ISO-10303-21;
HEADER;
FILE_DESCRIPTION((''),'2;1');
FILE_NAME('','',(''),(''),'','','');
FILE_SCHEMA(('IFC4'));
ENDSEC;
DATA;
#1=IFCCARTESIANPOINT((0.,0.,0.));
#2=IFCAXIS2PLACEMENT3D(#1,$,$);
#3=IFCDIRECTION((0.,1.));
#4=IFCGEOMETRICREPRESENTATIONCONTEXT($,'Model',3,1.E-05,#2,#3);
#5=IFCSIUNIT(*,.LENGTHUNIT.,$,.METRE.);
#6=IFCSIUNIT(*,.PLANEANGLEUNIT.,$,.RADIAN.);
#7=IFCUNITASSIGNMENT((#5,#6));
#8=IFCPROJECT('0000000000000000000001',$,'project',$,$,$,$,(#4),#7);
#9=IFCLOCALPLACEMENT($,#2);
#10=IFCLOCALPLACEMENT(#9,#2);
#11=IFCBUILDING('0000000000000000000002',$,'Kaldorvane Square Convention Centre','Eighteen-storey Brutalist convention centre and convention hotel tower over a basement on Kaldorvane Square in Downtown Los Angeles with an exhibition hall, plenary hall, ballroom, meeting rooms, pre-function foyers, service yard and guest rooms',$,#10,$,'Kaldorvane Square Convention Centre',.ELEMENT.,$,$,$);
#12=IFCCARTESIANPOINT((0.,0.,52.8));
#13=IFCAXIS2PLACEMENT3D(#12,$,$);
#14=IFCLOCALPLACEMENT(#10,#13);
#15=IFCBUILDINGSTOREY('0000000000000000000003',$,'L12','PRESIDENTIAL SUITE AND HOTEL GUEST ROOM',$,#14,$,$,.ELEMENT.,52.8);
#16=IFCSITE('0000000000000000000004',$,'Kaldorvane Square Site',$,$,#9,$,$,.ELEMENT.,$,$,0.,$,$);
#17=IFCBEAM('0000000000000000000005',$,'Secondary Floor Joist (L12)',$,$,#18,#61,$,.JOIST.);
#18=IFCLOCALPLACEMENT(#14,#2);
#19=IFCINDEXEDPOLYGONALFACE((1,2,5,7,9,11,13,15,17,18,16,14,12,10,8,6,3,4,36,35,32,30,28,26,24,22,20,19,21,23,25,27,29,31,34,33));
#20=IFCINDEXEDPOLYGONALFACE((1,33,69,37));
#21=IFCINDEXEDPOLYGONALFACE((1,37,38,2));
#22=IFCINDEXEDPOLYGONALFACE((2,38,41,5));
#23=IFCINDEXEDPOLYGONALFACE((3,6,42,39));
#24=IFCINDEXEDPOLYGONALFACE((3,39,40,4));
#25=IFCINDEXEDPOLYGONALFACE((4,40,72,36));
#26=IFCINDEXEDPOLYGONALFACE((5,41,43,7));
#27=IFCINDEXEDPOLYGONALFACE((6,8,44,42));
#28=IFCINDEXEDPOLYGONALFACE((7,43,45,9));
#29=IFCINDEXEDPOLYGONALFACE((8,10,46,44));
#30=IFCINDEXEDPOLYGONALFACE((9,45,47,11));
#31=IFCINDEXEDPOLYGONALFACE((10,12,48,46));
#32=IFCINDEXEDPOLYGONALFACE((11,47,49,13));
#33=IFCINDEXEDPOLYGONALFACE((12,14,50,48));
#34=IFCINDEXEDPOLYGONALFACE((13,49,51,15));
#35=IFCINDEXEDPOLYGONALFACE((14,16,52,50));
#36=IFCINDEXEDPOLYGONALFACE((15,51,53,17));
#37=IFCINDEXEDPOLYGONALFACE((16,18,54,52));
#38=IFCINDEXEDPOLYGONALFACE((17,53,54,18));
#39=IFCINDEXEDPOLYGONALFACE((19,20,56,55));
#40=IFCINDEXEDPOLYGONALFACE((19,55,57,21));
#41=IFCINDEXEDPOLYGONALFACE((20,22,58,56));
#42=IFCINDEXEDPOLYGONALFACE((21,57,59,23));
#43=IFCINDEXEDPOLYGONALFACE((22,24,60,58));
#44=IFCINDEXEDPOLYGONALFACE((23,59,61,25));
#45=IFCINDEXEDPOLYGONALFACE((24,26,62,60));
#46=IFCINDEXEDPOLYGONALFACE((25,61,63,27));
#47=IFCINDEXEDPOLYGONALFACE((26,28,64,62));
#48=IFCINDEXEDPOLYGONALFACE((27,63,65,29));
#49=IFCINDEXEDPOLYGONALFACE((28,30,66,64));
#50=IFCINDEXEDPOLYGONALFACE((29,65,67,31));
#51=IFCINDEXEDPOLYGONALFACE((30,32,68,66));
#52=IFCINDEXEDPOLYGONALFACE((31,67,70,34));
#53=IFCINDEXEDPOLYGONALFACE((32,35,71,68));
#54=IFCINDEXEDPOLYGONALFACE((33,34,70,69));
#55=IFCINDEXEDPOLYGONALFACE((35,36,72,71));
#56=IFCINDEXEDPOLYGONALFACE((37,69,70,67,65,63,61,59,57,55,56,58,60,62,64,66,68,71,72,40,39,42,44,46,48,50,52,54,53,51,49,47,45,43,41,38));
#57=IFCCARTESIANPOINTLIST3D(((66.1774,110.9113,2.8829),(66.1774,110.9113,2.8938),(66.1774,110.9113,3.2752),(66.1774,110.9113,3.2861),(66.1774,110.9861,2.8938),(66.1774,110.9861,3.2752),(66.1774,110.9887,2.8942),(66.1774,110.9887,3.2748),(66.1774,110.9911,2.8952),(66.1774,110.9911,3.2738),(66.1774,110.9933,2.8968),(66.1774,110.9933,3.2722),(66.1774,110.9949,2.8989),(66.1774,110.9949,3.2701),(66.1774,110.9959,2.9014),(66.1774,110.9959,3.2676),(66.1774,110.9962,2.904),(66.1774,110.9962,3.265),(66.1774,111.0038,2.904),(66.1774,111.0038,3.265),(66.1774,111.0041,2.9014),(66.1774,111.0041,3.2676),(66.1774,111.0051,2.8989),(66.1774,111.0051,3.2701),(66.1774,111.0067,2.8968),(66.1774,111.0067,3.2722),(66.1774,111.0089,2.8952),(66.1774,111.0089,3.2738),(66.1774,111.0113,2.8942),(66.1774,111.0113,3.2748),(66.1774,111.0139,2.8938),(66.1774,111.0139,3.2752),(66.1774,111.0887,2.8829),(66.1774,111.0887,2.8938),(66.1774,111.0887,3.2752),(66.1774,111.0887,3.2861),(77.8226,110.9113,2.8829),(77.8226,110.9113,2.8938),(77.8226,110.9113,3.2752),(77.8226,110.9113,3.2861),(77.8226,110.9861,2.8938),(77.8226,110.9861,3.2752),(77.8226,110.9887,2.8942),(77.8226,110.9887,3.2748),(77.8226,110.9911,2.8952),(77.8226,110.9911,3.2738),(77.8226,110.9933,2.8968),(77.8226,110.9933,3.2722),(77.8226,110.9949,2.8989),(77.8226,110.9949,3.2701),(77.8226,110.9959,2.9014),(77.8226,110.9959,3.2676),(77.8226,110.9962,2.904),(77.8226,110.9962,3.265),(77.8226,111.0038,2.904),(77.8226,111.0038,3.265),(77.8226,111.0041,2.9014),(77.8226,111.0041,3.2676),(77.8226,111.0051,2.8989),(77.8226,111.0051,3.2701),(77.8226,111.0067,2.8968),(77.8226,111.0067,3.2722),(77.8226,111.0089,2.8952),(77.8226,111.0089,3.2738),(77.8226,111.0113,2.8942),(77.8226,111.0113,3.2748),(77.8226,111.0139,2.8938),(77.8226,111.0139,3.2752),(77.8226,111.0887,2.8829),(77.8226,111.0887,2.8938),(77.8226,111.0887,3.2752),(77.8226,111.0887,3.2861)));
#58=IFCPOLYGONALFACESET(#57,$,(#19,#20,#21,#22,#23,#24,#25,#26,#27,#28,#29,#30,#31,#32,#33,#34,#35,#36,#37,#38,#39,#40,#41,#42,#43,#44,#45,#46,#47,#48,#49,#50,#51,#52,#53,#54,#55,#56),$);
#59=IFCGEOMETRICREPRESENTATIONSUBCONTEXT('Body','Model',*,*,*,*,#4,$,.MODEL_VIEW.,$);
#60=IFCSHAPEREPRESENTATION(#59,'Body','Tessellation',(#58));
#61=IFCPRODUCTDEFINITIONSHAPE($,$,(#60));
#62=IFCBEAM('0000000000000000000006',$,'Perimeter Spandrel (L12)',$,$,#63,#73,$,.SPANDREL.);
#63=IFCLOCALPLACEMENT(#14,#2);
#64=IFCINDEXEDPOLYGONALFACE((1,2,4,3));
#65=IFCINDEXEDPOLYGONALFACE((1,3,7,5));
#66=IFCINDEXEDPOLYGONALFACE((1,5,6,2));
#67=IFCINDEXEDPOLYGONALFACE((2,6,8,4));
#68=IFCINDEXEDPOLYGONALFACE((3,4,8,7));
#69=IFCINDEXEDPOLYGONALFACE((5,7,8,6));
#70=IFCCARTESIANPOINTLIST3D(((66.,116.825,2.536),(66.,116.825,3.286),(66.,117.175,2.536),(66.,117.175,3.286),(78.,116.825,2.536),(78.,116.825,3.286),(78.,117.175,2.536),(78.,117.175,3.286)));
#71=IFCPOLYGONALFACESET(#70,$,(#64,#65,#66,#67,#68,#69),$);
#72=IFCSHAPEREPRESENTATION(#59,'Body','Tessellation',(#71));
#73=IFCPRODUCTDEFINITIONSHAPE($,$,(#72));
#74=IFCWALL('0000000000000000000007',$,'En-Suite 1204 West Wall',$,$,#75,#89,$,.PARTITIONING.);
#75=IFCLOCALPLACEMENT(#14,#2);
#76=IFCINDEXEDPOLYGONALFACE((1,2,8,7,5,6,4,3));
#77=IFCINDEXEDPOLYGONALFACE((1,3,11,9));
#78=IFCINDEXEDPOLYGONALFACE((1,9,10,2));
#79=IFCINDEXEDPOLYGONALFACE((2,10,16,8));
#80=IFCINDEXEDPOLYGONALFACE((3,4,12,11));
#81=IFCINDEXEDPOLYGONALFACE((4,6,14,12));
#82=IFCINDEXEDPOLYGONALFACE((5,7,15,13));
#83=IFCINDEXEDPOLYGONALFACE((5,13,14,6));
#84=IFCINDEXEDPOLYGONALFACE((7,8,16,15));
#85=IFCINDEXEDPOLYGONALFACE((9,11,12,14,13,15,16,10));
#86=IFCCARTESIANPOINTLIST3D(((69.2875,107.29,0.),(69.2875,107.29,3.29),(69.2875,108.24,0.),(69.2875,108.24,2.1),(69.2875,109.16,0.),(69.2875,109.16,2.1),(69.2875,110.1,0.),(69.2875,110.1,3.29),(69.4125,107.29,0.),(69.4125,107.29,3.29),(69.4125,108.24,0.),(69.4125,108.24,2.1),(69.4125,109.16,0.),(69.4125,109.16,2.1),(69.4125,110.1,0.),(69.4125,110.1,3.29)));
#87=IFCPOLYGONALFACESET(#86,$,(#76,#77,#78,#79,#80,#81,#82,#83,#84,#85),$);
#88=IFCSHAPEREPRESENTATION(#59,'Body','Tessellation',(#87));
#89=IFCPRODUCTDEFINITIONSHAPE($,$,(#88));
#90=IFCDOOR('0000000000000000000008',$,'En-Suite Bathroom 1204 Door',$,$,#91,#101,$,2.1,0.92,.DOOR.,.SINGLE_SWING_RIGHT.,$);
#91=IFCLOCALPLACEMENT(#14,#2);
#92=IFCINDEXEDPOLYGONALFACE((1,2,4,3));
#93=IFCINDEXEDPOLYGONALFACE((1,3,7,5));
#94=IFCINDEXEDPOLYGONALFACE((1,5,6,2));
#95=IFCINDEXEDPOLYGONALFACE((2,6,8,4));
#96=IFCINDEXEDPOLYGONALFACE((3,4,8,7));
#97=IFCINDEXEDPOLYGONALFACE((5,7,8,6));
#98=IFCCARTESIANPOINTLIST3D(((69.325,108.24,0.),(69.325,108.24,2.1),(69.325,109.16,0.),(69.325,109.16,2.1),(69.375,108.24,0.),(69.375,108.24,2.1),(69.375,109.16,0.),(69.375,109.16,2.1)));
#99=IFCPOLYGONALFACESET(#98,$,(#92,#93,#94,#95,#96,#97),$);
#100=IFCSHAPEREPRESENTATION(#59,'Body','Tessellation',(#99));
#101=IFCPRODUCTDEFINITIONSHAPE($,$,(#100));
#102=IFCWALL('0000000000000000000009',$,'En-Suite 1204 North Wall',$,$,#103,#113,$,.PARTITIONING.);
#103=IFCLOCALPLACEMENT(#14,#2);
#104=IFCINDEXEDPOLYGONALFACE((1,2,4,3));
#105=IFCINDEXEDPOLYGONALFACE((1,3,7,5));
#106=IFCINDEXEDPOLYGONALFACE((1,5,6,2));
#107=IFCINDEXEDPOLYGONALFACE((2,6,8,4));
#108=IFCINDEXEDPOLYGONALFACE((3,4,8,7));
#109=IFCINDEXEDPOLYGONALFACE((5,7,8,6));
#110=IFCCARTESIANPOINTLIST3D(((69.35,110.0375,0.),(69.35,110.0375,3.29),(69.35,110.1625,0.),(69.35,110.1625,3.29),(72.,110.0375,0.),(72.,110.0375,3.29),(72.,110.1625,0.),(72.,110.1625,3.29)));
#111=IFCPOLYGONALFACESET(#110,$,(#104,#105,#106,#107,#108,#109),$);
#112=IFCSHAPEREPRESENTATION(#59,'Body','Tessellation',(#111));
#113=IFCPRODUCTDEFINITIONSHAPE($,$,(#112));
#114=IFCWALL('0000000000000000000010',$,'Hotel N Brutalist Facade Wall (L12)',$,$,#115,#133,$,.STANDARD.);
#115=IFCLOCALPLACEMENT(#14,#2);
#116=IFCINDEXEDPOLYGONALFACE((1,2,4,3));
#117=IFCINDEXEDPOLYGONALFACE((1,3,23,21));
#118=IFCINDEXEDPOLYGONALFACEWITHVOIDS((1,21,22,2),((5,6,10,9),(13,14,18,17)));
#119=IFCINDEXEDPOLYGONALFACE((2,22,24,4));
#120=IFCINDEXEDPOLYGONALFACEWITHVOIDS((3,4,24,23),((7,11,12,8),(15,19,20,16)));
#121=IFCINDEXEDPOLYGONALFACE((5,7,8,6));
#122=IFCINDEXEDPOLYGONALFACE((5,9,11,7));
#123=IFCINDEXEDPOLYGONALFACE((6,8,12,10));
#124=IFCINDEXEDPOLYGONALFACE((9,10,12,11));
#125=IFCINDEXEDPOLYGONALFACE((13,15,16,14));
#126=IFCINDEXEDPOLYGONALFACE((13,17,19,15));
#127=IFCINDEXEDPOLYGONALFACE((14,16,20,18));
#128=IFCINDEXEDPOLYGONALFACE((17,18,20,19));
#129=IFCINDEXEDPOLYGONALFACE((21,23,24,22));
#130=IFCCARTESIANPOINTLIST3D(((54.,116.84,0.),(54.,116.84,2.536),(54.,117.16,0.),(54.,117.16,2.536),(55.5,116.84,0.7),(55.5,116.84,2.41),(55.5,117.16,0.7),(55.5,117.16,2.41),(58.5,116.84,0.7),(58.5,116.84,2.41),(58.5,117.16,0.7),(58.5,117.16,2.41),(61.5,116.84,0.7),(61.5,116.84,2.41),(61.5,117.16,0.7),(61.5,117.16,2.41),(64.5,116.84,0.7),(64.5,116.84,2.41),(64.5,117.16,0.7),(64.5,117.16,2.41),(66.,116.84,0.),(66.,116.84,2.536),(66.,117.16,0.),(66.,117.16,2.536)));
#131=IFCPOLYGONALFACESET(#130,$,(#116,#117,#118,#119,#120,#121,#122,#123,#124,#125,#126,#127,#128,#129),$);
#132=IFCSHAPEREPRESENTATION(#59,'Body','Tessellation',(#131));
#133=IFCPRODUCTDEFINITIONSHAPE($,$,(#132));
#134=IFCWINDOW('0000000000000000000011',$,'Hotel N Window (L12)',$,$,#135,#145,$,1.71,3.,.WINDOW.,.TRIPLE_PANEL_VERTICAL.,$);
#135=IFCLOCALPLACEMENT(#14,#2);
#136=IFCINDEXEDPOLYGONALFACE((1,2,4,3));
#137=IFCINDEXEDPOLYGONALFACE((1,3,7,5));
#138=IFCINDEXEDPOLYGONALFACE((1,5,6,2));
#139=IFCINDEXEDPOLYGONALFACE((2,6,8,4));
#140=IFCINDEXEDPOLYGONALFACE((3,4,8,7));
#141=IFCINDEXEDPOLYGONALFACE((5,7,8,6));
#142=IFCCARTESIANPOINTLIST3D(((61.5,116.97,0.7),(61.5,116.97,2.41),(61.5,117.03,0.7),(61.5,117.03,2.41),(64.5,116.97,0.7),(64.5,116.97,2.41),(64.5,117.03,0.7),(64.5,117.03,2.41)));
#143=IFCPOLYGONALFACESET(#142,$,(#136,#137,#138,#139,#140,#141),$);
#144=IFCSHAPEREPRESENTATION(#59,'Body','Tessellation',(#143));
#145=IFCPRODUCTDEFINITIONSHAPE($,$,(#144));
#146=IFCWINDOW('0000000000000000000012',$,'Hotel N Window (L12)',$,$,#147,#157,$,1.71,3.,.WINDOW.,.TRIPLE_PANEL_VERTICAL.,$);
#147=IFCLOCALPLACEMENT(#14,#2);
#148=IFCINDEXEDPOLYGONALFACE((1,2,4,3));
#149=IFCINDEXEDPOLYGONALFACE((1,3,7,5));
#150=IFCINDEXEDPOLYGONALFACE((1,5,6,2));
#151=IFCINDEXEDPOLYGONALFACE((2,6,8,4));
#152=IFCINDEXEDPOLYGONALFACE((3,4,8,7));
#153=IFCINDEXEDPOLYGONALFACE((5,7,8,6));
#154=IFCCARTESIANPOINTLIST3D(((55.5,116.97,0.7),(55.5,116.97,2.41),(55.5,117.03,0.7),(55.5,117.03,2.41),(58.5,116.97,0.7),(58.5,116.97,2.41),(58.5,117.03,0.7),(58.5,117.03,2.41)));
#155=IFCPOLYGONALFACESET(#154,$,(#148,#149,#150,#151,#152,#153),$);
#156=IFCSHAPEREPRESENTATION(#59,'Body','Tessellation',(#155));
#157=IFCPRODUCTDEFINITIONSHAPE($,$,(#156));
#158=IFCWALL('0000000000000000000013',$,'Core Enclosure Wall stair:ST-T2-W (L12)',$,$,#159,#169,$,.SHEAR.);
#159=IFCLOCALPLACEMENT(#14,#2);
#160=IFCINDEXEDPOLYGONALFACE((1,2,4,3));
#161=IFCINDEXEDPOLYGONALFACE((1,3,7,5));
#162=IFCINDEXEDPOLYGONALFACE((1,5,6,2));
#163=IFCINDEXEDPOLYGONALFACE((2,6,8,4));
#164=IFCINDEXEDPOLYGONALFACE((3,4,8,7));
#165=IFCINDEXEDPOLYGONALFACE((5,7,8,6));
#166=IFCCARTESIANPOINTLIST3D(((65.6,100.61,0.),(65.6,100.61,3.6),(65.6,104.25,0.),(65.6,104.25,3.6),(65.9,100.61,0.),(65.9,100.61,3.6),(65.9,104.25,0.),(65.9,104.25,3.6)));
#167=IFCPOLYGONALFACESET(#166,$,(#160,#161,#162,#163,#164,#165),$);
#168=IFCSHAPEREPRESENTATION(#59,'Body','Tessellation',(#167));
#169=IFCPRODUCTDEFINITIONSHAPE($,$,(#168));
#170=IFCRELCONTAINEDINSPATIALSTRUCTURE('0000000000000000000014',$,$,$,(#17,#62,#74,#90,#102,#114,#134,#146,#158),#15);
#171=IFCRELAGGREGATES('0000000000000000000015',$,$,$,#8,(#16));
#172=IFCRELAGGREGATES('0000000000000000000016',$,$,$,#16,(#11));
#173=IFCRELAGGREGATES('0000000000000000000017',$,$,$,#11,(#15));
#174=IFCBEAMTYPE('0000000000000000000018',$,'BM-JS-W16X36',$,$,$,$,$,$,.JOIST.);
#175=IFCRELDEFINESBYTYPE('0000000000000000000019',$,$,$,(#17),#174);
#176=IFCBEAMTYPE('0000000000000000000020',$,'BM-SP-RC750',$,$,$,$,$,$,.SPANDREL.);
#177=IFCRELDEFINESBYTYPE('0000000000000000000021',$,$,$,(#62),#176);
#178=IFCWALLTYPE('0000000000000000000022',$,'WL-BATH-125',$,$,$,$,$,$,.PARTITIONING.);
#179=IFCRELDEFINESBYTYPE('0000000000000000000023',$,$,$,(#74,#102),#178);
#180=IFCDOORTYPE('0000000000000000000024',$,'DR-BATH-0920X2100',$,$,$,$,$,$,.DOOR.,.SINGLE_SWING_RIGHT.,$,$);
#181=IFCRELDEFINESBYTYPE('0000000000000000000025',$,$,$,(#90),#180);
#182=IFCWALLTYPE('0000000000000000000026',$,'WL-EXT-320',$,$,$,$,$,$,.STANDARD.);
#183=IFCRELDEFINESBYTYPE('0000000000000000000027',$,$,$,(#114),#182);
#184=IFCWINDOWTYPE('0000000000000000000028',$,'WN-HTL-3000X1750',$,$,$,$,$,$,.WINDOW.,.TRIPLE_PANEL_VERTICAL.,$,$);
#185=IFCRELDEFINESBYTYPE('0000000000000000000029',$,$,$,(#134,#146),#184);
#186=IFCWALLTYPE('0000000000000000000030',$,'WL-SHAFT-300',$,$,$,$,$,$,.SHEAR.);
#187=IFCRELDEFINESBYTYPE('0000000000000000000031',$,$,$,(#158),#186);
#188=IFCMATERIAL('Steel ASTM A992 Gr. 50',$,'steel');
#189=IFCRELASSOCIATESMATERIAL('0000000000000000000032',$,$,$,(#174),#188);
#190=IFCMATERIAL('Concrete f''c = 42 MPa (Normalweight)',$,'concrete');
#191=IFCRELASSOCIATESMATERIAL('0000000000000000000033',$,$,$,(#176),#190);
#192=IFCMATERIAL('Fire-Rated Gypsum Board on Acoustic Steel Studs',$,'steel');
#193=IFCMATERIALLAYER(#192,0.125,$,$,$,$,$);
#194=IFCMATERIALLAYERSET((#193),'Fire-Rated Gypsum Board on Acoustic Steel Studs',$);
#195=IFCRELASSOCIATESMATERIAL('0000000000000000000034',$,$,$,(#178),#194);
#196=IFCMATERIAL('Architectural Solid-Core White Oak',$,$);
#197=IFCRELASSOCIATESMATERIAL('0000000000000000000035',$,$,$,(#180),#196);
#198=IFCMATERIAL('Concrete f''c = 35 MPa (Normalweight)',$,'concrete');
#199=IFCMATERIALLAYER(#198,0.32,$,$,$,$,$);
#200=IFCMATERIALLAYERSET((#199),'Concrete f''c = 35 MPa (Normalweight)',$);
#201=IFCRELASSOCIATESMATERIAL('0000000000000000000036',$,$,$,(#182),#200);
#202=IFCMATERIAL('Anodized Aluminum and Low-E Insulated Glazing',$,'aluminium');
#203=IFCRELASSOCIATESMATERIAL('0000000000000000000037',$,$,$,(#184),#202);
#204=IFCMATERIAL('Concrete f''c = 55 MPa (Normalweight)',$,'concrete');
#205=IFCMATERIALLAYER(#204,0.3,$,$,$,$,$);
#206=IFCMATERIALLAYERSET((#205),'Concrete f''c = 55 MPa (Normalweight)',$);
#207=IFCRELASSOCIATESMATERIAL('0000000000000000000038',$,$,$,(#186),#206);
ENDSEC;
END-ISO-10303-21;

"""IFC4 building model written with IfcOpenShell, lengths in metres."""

from ifc_helpers import new_model, si_unit, direction, frame, frame_2d, origin, origin_2d, place, context, subcontext, project, spatial, rectangle, i_section, extrude, material, layer, layer_set, material_profile, profile_set, type_object, element, fill, save


model = new_model("IFC4")

# Units and contexts
model_context = context("Model", 3, precision=1e-05, world=origin(), true_north=direction((0.0, 1.0)))
body_context = subcontext(model_context, "Body", "Model", "MODEL_VIEW")
ifc_project = project(units=[si_unit("LENGTHUNIT", "METRE"), si_unit("PLANEANGLEUNIT", "RADIAN")], contexts=[model_context])

# Site, building, storey
site_placement = place(None, origin())
site = spatial("IfcSite", under=ifc_project, at=site_placement, Name="Kaldorvane Square Site", CompositionType="ELEMENT", RefElevation=0.0)
building_placement = place(site_placement, origin())
building = spatial("IfcBuilding", under=site, at=building_placement, Name="Kaldorvane Square Convention Centre", Description="Eighteen-storey Brutalist convention centre and convention hotel tower over a basement on Kaldorvane Square in Downtown Los Angeles with an exhibition hall, plenary hall, ballroom, meeting rooms, pre-function foyers, service yard and guest rooms", LongName="Kaldorvane Square Convention Centre", CompositionType="ELEMENT")
storey_placement = place(building_placement, frame((0.0, 0.0, 52.8)))
storey = spatial("IfcBuildingStorey", under=building, at=storey_placement, Name="L12", Description="PRESIDENTIAL SUITE AND HOTEL GUEST ROOM", CompositionType="ELEMENT", Elevation=52.8)

# Shared definitions
ifc_material_1 = material(Name="Concrete f'c = 42 MPa (Normalweight)", Category="concrete")
ifc_material_2 = material(Name="Steel ASTM A992 Gr. 50", Category="steel")

# Beams
ifc_material_profile_1 = material_profile(ifc_material_2, i_section(OverallWidth=0.1774, OverallDepth=0.4031, WebThickness=0.0075, FlangeThickness=0.0109, FilletRadius=0.0102, at=origin_2d()), Name="W16X36")
ifc_profile_set_1 = profile_set([ifc_material_profile_1], Name="Steel ASTM A992 Gr. 50")
beam_type_1 = type_object("IfcBeamType", Name="BM-JS-W16X36", PredefinedType="JOIST", material=ifc_profile_set_1)
beam_1_placement = place(storey_placement, frame((66.1774, 111.0, 3.0845), z_axis=(1.0, 0.0, 0.0), x_axis=(0.0, 1.0, 0.0)))
element("IfcBeam", 1, at=beam_1_placement, inside=storey, type_object=beam_type_1, Name="Secondary Floor Joist (L12)", PredefinedType="JOIST", context=body_context, shape_type="SweptSolid", body=[
    extrude(i_section(OverallWidth=0.1774, OverallDepth=0.4031, WebThickness=0.0075, FlangeThickness=0.0109, FilletRadius=0.0102, at=origin_2d()), origin(), (0.0, 0.0, 1.0), 11.6452),
])
ifc_material_profile_2 = material_profile(ifc_material_1, rectangle(XDim=0.35, YDim=0.75, at=origin_2d()), Name="RCSP750X350")
ifc_profile_set_2 = profile_set([ifc_material_profile_2], Name="Concrete f'c = 42 MPa (Normalweight)")
beam_type_2 = type_object("IfcBeamType", Name="BM-SP-RC750", PredefinedType="SPANDREL", material=ifc_profile_set_2)
beam_2_placement = place(storey_placement, frame((66.0, 117.0, 2.911), z_axis=(1.0, 0.0, 0.0), x_axis=(0.0, 1.0, 0.0)))
element("IfcBeam", 2, at=beam_2_placement, inside=storey, type_object=beam_type_2, Name="Perimeter Spandrel (L12)", PredefinedType="SPANDREL", context=body_context, shape_type="SweptSolid", body=[
    extrude(rectangle(XDim=0.35, YDim=0.75, at=origin_2d()), origin(), (0.0, 0.0, 1.0), 12.0),
])

# Wall, opening, door
ifc_material_3 = material(Name="Fire-Rated Gypsum Board on Acoustic Steel Studs", Category="steel")
ifc_layer_1 = layer(ifc_material_3, 0.125)
ifc_layer_set_1 = layer_set([ifc_layer_1], Name="Fire-Rated Gypsum Board on Acoustic Steel Studs")
wall_type_1 = type_object("IfcWallType", Name="WL-BATH-125", PredefinedType="PARTITIONING", material=ifc_layer_set_1)
wall_1_placement = place(storey_placement, frame((69.35, 107.29, 0.0), z_axis=(0.0, 0.0, 1.0), x_axis=(0.0, 1.0, 0.0)))
wall_1 = element("IfcWall", 3, at=wall_1_placement, inside=storey, type_object=wall_type_1, Name="En-Suite 1204 West Wall", PredefinedType="PARTITIONING", context=body_context, shape_type="SweptSolid", body=[
    extrude(rectangle(XDim=2.81, YDim=0.125, at=frame_2d((1.405, 0.0))), origin(), (0.0, 0.0, 1.0), 3.29),
])
opening_1_placement = place(wall_1_placement, frame((0.95, 0.0, 0.0)))
opening_1 = element("IfcOpeningElement", 4, at=opening_1_placement, cuts=wall_1, PredefinedType="OPENING", context=body_context, shape_type="SweptSolid", body=[
    extrude(rectangle(XDim=0.92, YDim=2.1, at=frame_2d((0.46, 1.05))), frame((0.0, 0.0775, 0.0), z_axis=(0.0, -1.0, 0.0), x_axis=(1.0, 0.0, 0.0)), (0.0, 0.0, 1.0), 0.155),
])
ifc_material_4 = material(Name="Architectural Solid-Core White Oak")
door_type = type_object("IfcDoorType", Name="DR-BATH-0920X2100", OperationType="SINGLE_SWING_RIGHT", PredefinedType="DOOR", material=ifc_material_4)
door_placement = place(opening_1_placement, origin())
door = element("IfcDoor", 5, at=door_placement, inside=storey, type_object=door_type, Name="En-Suite Bathroom 1204 Door", OperationType="SINGLE_SWING_RIGHT", OverallHeight=2.1, OverallWidth=0.92, PredefinedType="DOOR", context=body_context, shape_type="SweptSolid", body=[
    extrude(rectangle(XDim=0.92, YDim=2.1, at=frame_2d((0.46, 1.05))), frame((0.0, 0.025, 0.0), z_axis=(0.0, -1.0, 0.0), x_axis=(1.0, 0.0, 0.0)), (0.0, 0.0, 1.0), 0.05),
])
fill(opening_1, door)

# Wall
wall_2_placement = place(storey_placement, frame((69.35, 110.1, 0.0), z_axis=(0.0, 0.0, 1.0), x_axis=(1.0, 0.0, 0.0)))
element("IfcWall", 6, at=wall_2_placement, inside=storey, type_object=wall_type_1, Name="En-Suite 1204 North Wall", PredefinedType="PARTITIONING", context=body_context, shape_type="SweptSolid", body=[
    extrude(rectangle(XDim=2.65, YDim=0.125, at=frame_2d((1.325, 0.0))), origin(), (0.0, 0.0, 1.0), 3.29),
])

# Wall, openings, windows
ifc_material_5 = material(Name="Concrete f'c = 35 MPa (Normalweight)", Category="concrete")
ifc_layer_2 = layer(ifc_material_5, 0.32)
ifc_layer_set_2 = layer_set([ifc_layer_2], Name="Concrete f'c = 35 MPa (Normalweight)")
wall_type_2 = type_object("IfcWallType", Name="WL-EXT-320", PredefinedType="STANDARD", material=ifc_layer_set_2)
wall_3_placement = place(storey_placement, frame((66.0, 117.0, 0.0), z_axis=(0.0, 0.0, 1.0), x_axis=(-1.0, 0.0, 0.0)))
wall_3 = element("IfcWall", 7, at=wall_3_placement, inside=storey, type_object=wall_type_2, Name="Hotel N Brutalist Facade Wall (L12)", PredefinedType="STANDARD", context=body_context, shape_type="SweptSolid", body=[
    extrude(rectangle(XDim=12.0, YDim=0.32, at=frame_2d((6.0, 0.0))), origin(), (0.0, 0.0, 1.0), 2.536),
])
opening_2_placement = place(wall_3_placement, frame((1.5, 0.0, 0.7)))
opening_2 = element("IfcOpeningElement", 8, at=opening_2_placement, cuts=wall_3, PredefinedType="OPENING", context=body_context, shape_type="SweptSolid", body=[
    extrude(rectangle(XDim=3.0, YDim=1.71, at=frame_2d((1.5, 0.855))), frame((0.0, 0.175, 0.0), z_axis=(0.0, -1.0, 0.0), x_axis=(1.0, 0.0, 0.0)), (0.0, 0.0, 1.0), 0.35),
])
opening_3_placement = place(wall_3_placement, frame((7.5, 0.0, 0.7)))
opening_3 = element("IfcOpeningElement", 9, at=opening_3_placement, cuts=wall_3, PredefinedType="OPENING", context=body_context, shape_type="SweptSolid", body=[
    extrude(rectangle(XDim=3.0, YDim=1.71, at=frame_2d((1.5, 0.855))), frame((0.0, 0.175, 0.0), z_axis=(0.0, -1.0, 0.0), x_axis=(1.0, 0.0, 0.0)), (0.0, 0.0, 1.0), 0.35),
])
ifc_material_6 = material(Name="Anodized Aluminum and Low-E Insulated Glazing", Category="aluminium")
window_type = type_object("IfcWindowType", Name="WN-HTL-3000X1750", PartitioningType="TRIPLE_PANEL_VERTICAL", PredefinedType="WINDOW", material=ifc_material_6)
window_1_placement = place(opening_2_placement, origin())
window_1 = element("IfcWindow", 10, at=window_1_placement, inside=storey, type_object=window_type, Name="Hotel N Window (L12)", OverallHeight=1.71, OverallWidth=3.0, PartitioningType="TRIPLE_PANEL_VERTICAL", PredefinedType="WINDOW", context=body_context, shape_type="SweptSolid", body=[
    extrude(rectangle(XDim=3.0, YDim=1.71, at=frame_2d((1.5, 0.855))), frame((0.0, 0.03, 0.0), z_axis=(0.0, -1.0, 0.0), x_axis=(1.0, 0.0, 0.0)), (0.0, 0.0, 1.0), 0.06),
])
fill(opening_2, window_1)
window_2_placement = place(opening_3_placement, origin())
window_2 = element("IfcWindow", 11, at=window_2_placement, inside=storey, type_object=window_type, Name="Hotel N Window (L12)", OverallHeight=1.71, OverallWidth=3.0, PartitioningType="TRIPLE_PANEL_VERTICAL", PredefinedType="WINDOW", context=body_context, shape_type="SweptSolid", body=[
    extrude(rectangle(XDim=3.0, YDim=1.71, at=frame_2d((1.5, 0.855))), frame((0.0, 0.03, 0.0), z_axis=(0.0, -1.0, 0.0), x_axis=(1.0, 0.0, 0.0)), (0.0, 0.0, 1.0), 0.06),
])
fill(opening_3, window_2)

# Wall
ifc_material_7 = material(Name="Concrete f'c = 55 MPa (Normalweight)", Category="concrete")
ifc_layer_3 = layer(ifc_material_7, 0.3)
ifc_layer_set_3 = layer_set([ifc_layer_3], Name="Concrete f'c = 55 MPa (Normalweight)")
wall_type_3 = type_object("IfcWallType", Name="WL-SHAFT-300", PredefinedType="SHEAR", material=ifc_layer_set_3)
wall_4_placement = place(storey_placement, frame((65.75, 104.25, 0.0), z_axis=(0.0, 0.0, 1.0), x_axis=(0.0, -1.0, 0.0)))
element("IfcWall", 12, at=wall_4_placement, inside=storey, type_object=wall_type_3, Name="Core Enclosure Wall stair:ST-T2-W (L12)", PredefinedType="SHEAR", context=body_context, shape_type="SweptSolid", body=[
    extrude(rectangle(XDim=3.64, YDim=0.3, at=frame_2d((1.82, 0.0))), origin(), (0.0, 0.0, 1.0), 3.6),
])

save(model, "model.ifc")
